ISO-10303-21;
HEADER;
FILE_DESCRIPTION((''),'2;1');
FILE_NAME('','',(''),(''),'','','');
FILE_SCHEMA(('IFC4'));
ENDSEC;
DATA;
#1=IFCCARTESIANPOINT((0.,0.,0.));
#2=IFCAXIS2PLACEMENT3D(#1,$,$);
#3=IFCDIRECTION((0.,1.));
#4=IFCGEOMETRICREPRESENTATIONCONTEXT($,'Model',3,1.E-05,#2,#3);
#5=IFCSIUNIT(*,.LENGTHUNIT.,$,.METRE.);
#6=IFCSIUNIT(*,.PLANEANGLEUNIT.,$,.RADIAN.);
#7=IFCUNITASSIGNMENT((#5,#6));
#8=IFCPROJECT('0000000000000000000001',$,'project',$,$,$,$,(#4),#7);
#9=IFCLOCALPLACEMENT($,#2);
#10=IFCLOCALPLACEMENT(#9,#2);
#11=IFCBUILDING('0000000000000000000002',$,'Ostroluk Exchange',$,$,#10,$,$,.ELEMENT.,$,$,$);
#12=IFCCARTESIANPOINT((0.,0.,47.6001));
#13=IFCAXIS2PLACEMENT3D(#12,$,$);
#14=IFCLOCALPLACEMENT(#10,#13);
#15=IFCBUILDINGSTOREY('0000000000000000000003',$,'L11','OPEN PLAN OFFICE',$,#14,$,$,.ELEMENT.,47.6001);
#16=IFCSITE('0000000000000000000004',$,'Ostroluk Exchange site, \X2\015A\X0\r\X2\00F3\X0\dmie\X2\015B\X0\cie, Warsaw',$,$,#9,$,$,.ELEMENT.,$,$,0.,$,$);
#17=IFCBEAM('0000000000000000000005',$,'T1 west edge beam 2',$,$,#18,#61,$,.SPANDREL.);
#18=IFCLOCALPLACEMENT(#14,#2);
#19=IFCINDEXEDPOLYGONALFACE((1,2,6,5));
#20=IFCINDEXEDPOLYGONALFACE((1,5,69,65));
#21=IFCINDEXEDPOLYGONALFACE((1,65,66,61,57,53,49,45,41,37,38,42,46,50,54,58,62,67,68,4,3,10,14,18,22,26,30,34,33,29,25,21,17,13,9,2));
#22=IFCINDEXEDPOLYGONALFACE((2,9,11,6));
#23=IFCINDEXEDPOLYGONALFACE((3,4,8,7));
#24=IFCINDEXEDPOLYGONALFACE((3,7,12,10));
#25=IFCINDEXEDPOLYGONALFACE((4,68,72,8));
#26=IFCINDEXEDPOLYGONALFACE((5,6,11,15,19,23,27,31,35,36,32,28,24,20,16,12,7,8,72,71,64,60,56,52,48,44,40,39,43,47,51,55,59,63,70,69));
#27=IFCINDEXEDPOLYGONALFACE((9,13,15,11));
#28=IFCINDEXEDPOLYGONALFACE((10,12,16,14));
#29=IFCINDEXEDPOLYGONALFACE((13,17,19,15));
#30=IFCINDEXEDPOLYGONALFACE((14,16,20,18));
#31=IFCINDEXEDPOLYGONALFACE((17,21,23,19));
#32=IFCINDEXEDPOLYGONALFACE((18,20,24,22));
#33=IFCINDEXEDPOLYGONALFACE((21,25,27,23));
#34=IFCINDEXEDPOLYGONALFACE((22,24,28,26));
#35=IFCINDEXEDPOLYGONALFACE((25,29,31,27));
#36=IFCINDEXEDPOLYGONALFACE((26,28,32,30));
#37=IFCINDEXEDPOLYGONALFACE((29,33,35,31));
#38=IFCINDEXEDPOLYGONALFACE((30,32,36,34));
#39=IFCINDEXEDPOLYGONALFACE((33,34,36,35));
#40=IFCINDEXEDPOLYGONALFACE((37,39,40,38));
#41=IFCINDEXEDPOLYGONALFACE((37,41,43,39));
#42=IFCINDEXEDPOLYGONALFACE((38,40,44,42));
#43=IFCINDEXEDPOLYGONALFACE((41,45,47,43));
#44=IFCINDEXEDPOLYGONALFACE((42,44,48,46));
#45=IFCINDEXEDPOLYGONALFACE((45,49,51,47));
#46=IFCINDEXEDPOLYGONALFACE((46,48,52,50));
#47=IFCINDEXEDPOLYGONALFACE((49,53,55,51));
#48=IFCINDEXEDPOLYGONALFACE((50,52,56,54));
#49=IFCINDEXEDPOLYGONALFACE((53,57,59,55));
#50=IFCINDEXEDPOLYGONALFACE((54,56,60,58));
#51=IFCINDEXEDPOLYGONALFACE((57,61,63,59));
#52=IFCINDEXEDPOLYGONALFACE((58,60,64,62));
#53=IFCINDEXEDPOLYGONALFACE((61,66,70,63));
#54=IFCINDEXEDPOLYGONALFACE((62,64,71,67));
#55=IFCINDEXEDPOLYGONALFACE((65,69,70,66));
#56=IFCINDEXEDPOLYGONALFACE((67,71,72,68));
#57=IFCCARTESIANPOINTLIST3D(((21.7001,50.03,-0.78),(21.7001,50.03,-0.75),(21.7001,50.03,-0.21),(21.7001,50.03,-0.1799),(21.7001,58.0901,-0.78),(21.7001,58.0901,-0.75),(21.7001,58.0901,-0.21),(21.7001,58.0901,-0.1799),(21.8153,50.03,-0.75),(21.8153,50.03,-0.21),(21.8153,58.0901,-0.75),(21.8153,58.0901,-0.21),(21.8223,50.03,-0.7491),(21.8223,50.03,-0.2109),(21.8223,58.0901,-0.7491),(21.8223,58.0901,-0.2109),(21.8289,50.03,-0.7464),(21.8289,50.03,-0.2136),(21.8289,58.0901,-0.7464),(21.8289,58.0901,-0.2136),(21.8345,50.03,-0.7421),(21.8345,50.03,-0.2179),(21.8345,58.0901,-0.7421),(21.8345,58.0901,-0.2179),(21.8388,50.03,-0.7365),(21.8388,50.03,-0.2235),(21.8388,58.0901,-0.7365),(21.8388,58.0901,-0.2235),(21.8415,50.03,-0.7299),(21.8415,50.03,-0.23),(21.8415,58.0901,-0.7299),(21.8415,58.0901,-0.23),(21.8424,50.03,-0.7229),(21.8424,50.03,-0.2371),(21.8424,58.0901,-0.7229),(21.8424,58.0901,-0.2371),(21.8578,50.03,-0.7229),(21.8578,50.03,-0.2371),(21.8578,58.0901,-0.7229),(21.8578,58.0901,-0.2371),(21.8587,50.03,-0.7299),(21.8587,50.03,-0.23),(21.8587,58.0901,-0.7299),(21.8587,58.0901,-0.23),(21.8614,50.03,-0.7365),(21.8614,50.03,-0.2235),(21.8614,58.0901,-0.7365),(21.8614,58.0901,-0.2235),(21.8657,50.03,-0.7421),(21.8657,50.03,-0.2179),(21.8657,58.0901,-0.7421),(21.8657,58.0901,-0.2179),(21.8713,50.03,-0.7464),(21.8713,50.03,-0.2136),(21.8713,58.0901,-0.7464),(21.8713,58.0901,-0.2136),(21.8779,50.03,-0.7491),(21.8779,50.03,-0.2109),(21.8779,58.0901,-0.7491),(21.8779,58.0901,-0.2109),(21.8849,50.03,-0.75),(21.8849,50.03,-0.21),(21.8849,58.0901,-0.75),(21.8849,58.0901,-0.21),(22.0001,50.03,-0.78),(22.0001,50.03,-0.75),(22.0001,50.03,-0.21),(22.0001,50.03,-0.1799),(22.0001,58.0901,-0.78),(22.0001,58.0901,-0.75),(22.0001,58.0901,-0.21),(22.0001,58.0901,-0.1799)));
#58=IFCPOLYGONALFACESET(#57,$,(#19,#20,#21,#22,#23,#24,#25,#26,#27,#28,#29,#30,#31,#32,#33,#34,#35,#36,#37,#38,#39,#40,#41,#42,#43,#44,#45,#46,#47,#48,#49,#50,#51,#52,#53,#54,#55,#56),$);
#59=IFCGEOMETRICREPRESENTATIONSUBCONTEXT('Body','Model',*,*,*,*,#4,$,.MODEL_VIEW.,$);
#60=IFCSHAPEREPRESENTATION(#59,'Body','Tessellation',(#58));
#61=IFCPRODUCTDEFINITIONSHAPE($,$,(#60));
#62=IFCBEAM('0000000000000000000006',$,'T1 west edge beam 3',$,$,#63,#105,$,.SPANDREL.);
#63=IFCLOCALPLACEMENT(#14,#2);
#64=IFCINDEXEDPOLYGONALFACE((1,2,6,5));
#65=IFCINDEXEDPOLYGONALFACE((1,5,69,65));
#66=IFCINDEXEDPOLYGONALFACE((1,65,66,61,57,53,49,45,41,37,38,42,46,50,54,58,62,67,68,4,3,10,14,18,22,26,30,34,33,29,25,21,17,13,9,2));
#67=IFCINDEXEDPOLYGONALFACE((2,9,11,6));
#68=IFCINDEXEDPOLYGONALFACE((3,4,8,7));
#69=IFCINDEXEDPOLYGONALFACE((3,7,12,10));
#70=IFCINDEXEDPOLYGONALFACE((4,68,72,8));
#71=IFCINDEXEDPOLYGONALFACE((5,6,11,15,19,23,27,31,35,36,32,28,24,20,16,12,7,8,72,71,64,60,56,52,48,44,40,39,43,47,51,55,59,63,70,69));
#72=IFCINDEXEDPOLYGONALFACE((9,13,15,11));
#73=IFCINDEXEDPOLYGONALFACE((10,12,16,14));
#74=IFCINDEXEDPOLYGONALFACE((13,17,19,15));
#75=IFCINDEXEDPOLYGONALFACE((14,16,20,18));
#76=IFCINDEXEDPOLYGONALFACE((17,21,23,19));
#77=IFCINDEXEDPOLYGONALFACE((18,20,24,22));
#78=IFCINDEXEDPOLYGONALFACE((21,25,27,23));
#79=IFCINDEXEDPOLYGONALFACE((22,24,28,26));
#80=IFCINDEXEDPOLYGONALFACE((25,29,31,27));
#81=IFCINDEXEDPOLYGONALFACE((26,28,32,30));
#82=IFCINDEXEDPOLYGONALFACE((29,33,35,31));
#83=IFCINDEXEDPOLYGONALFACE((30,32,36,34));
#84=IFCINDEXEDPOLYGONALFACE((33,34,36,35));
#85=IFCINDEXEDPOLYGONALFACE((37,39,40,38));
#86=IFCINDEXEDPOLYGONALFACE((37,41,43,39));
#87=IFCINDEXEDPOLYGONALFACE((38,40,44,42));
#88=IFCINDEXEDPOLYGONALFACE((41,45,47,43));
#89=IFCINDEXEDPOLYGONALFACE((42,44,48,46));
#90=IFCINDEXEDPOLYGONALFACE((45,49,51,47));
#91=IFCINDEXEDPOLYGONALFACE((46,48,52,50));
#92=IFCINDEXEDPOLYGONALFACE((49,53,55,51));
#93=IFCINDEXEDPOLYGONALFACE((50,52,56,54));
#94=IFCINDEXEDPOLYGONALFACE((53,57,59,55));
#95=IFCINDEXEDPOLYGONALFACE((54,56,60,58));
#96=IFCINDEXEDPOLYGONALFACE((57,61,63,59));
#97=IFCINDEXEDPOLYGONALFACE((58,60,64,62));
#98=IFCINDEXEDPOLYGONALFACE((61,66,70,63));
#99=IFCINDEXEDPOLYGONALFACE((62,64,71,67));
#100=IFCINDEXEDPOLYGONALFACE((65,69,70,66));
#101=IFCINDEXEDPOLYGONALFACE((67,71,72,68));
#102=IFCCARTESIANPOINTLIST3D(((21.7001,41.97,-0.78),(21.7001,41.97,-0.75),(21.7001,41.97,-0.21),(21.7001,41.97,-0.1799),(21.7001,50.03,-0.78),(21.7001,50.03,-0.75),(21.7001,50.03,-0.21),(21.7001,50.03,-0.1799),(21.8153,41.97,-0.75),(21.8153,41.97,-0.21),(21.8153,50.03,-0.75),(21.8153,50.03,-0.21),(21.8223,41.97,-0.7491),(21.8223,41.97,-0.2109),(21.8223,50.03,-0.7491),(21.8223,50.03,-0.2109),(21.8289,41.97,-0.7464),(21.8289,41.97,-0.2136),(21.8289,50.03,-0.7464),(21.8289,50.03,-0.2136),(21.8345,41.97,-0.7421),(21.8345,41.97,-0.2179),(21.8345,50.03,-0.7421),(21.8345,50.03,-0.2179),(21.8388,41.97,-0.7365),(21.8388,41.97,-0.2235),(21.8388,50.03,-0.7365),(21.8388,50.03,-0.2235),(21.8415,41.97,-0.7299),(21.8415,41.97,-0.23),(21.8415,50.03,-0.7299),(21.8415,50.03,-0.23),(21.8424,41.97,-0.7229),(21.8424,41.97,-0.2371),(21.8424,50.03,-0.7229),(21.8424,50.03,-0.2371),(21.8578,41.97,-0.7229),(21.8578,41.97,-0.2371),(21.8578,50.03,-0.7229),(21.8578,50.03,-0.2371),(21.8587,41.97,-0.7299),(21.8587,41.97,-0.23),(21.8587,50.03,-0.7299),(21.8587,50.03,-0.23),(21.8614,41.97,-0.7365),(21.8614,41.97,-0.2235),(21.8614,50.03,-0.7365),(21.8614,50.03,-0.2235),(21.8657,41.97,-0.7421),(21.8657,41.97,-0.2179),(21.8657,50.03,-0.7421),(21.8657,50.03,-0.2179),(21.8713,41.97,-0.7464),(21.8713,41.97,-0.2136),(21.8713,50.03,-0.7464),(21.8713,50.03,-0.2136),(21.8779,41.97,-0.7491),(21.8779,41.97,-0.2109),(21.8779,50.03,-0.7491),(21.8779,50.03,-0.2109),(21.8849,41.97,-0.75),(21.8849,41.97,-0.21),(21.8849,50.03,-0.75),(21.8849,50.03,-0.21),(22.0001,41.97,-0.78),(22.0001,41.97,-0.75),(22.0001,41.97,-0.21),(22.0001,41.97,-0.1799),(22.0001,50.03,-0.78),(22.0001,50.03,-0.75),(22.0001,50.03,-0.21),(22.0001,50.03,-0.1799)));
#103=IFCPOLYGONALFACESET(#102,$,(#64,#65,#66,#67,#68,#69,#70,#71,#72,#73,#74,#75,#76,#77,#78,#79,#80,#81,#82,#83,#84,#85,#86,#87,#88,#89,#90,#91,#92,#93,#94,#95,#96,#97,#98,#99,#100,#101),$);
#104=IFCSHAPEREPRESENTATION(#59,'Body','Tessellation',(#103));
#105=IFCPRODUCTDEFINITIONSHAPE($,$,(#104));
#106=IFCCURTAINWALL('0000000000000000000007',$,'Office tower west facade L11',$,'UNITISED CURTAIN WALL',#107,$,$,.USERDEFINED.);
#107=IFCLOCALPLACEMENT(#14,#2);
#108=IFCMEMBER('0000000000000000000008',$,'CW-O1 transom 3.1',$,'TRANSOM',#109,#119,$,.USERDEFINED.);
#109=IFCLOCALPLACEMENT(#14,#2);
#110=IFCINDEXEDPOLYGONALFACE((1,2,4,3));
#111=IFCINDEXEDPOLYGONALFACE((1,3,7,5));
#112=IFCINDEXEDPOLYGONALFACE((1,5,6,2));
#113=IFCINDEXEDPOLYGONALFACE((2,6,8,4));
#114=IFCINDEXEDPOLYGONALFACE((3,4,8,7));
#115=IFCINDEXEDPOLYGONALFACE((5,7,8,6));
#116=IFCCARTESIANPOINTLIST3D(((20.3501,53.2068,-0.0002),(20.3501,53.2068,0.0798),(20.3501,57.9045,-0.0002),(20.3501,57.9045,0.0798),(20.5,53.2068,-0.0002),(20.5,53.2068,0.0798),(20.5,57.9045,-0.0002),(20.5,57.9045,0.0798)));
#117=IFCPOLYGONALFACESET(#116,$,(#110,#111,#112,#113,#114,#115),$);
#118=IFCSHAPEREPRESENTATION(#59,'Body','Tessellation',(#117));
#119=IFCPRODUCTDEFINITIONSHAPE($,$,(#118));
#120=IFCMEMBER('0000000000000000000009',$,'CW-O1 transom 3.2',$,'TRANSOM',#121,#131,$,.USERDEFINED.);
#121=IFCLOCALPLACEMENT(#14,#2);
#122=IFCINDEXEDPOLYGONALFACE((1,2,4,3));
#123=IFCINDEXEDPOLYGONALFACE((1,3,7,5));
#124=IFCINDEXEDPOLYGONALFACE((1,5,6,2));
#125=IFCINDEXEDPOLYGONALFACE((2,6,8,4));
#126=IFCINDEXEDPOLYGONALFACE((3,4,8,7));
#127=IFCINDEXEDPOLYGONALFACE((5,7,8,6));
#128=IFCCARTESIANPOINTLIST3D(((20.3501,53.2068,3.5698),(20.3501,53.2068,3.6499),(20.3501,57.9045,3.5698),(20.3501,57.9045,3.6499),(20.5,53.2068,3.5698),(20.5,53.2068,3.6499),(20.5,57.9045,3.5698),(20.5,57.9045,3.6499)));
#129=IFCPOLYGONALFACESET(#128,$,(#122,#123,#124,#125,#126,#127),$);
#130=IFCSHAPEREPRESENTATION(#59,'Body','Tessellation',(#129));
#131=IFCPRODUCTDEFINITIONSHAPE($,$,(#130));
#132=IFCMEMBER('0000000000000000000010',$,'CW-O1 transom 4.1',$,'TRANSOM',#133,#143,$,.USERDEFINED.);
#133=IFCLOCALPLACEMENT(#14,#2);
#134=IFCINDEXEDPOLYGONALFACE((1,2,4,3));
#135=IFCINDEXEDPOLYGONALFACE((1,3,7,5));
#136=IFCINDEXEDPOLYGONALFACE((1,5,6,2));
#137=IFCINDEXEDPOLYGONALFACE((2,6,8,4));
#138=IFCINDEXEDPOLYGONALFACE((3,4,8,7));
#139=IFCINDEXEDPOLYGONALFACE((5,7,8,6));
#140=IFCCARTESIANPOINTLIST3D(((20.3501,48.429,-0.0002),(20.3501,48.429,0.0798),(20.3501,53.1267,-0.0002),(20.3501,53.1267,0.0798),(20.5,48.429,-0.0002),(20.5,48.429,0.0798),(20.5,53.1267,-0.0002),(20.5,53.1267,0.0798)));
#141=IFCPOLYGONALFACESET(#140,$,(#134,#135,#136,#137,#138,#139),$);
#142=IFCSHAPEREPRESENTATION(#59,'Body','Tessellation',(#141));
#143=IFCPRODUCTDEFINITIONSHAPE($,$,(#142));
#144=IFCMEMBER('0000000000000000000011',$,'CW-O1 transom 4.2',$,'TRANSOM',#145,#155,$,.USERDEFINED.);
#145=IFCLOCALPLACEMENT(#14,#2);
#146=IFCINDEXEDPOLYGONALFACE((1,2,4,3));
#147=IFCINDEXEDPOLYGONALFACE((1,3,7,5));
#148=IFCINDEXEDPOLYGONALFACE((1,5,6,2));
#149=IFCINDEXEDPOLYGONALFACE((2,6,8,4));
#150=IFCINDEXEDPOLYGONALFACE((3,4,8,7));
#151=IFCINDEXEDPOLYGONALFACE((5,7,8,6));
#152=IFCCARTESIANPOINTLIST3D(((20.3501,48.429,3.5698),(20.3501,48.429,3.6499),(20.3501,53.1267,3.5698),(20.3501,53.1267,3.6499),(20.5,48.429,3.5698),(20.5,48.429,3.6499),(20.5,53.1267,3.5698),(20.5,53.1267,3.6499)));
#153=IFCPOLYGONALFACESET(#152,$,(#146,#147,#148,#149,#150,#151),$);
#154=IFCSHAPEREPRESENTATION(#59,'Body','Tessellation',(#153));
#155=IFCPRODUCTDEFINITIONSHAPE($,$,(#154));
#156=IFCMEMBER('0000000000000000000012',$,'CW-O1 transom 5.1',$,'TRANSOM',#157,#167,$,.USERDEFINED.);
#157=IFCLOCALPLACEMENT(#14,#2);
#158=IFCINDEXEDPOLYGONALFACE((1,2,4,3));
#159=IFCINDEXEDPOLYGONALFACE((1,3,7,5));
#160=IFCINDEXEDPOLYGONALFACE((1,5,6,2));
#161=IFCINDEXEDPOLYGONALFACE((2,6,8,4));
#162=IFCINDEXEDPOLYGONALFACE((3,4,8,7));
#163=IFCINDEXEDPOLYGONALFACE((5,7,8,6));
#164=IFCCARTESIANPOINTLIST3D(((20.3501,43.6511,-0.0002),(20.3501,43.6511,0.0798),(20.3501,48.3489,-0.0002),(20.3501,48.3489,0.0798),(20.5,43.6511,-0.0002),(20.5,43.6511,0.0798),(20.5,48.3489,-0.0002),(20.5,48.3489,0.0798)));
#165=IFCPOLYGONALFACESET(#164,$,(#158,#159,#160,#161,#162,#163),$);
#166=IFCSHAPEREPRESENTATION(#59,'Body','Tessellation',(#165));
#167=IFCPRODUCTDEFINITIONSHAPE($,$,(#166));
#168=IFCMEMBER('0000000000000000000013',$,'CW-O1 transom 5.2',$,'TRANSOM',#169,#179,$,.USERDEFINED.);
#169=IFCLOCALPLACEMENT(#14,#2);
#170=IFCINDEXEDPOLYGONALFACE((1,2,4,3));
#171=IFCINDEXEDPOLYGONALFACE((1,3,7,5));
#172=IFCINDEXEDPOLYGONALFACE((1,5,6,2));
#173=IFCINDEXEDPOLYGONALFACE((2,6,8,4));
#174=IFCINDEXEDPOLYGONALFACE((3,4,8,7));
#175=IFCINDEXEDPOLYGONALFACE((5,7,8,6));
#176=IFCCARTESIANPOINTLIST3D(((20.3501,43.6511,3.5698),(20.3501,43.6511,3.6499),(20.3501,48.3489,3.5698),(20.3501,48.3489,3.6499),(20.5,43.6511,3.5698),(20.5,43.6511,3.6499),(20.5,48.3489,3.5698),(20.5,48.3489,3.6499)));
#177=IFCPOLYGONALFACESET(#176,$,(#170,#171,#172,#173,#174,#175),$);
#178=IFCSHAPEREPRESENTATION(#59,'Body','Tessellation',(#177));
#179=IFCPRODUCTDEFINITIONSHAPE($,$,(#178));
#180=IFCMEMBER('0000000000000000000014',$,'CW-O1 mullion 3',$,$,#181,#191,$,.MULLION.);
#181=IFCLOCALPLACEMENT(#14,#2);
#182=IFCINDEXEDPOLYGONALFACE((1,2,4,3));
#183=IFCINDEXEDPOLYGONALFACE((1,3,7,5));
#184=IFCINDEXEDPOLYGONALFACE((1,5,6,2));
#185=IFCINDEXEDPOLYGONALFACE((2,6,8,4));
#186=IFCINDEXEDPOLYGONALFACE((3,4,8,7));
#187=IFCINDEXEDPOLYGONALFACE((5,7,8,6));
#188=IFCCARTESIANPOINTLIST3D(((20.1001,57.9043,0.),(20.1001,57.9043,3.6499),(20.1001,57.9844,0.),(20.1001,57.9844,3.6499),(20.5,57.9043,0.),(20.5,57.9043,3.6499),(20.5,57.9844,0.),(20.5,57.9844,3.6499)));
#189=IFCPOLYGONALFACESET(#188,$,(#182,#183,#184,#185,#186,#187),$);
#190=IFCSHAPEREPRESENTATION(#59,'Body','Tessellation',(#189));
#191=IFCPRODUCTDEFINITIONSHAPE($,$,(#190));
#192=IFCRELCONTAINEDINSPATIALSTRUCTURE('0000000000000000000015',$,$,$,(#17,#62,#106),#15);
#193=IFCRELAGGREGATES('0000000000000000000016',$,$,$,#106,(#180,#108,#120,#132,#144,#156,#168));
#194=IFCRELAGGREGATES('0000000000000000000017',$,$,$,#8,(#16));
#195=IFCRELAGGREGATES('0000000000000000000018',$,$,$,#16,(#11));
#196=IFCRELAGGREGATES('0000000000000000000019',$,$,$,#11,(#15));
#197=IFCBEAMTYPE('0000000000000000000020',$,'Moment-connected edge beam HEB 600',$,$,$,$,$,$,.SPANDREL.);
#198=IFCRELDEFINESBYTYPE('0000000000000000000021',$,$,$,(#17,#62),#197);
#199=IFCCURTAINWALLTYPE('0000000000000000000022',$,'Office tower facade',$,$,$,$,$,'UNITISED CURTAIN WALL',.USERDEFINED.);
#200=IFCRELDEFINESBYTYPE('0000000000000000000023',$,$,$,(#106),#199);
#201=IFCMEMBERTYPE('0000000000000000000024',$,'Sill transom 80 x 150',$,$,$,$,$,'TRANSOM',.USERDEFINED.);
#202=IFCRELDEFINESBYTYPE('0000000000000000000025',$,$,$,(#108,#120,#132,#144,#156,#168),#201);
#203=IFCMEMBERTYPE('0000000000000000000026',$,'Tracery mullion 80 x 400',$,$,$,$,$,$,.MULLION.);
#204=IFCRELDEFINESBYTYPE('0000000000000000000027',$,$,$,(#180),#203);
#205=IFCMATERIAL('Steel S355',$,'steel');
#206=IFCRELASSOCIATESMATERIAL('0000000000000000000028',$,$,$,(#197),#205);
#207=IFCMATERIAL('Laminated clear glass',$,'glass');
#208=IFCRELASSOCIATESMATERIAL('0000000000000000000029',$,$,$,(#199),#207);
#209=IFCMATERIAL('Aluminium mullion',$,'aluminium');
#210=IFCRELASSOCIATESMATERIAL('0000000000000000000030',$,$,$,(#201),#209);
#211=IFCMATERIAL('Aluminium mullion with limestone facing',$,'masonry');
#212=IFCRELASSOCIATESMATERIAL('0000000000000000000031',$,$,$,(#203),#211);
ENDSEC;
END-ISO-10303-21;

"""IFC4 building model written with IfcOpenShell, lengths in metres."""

from ifc_helpers import new_model, si_unit, direction, frame, origin, origin_2d, place, context, subcontext, project, spatial, rectangle, i_section, extrude, material, material_profile, profile_set, type_object, element, aggregate, save


model = new_model("IFC4")

# Units and contexts
model_context = context("Model", 3, precision=1e-05, world=origin(), true_north=direction((0.0, 1.0)))
body_context = subcontext(model_context, "Body", "Model", "MODEL_VIEW")
ifc_project = project(units=[si_unit("LENGTHUNIT", "METRE"), si_unit("PLANEANGLEUNIT", "RADIAN")], contexts=[model_context])

# Site, building, storey
site_placement = place(None, origin())
site = spatial("IfcSite", under=ifc_project, at=site_placement, Name="Ostroluk Exchange site, Śródmieście, Warsaw", CompositionType="ELEMENT", RefElevation=0.0)
building_placement = place(site_placement, origin())
building = spatial("IfcBuilding", under=site, at=building_placement, Name="Ostroluk Exchange", CompositionType="ELEMENT")
storey_placement = place(building_placement, frame((0.0, 0.0, 47.6001)))
storey = spatial("IfcBuildingStorey", under=building, at=storey_placement, Name="L11", Description="OPEN PLAN OFFICE", CompositionType="ELEMENT", Elevation=47.6001)

# Beams
ifc_material_1 = material(Name="Steel S355", Category="steel")
ifc_material_profile_1 = material_profile(ifc_material_1, i_section(OverallWidth=0.3, OverallDepth=0.6001, WebThickness=0.0154, FlangeThickness=0.03, FilletRadius=0.0271, at=origin_2d()), Name="HEB 600")
ifc_profile_set_1 = profile_set([ifc_material_profile_1], Name="Steel S355")
beam_type = type_object("IfcBeamType", Name="Moment-connected edge beam HEB 600", PredefinedType="SPANDREL", material=ifc_profile_set_1)
for number, where, z_axis, x_axis, name in (
    (1, (21.8501, 58.0901, -0.48), (0.0, -1.0, 0.0), (1.0, 0.0, 0.0), "T1 west edge beam 2"),
    (2, (21.8501, 50.03, -0.48), (0.0, -1.0, 0.0), (1.0, 0.0, 0.0), "T1 west edge beam 3"),
):
    element("IfcBeam", number, at=place(storey_placement, frame(where, z_axis=z_axis, x_axis=x_axis)), inside=storey, type_object=beam_type, Name=name, PredefinedType="SPANDREL", context=body_context, shape_type="SweptSolid", body=[
        extrude(i_section(OverallWidth=0.3, OverallDepth=0.6001, WebThickness=0.0154, FlangeThickness=0.03, FilletRadius=0.0271, at=origin_2d()), origin(), (0.0, 0.0, 1.0), 8.0601),
    ])

# Curtain wall, members
ifc_material_2 = material(Name="Laminated clear glass", Category="glass")
curtain_wall_type = type_object("IfcCurtainWallType", Name="Office tower facade", ElementType="UNITISED CURTAIN WALL", PredefinedType="USERDEFINED", material=ifc_material_2)
curtain_wall_placement = place(storey_placement, origin())
curtain_wall = element("IfcCurtainWall", 3, at=curtain_wall_placement, inside=storey, type_object=curtain_wall_type, Name="Office tower west facade L11", ObjectType="UNITISED CURTAIN WALL", PredefinedType="USERDEFINED")
ifc_material_3 = material(Name="Aluminium mullion", Category="aluminium")
ifc_material_profile_2 = material_profile(ifc_material_3, rectangle(XDim=0.1499, YDim=0.0801, at=origin_2d()), Name="Sill transom 80 x 150")
ifc_profile_set_2 = profile_set([ifc_material_profile_2], Name="Aluminium mullion")
member_type_1 = type_object("IfcMemberType", Name="Sill transom 80 x 150", ElementType="TRANSOM", PredefinedType="USERDEFINED", material=ifc_profile_set_2)
member_1_placement = place(storey_placement, frame((20.425, 57.9045, 0.0398), z_axis=(0.0, -1.0, 0.0), x_axis=(1.0, 0.0, 0.0)))
member_1 = element("IfcMember", 4, at=member_1_placement, type_object=member_type_1, Name="CW-O1 transom 3.1", ObjectType="TRANSOM", PredefinedType="USERDEFINED", context=body_context, shape_type="SweptSolid", body=[
    extrude(rectangle(XDim=0.1499, YDim=0.0801, at=origin_2d()), origin(), (0.0, 0.0, 1.0), 4.6978),
])
member_2_placement = place(storey_placement, frame((20.425, 57.9045, 3.6099), z_axis=(0.0, -1.0, 0.0), x_axis=(1.0, 0.0, 0.0)))
member_2 = element("IfcMember", 5, at=member_2_placement, type_object=member_type_1, Name="CW-O1 transom 3.2", ObjectType="TRANSOM", PredefinedType="USERDEFINED", context=body_context, shape_type="SweptSolid", body=[
    extrude(rectangle(XDim=0.1499, YDim=0.0801, at=origin_2d()), origin(), (0.0, 0.0, 1.0), 4.6978),
])
member_3_placement = place(storey_placement, frame((20.425, 53.1267, 0.0398), z_axis=(0.0, -1.0, 0.0), x_axis=(1.0, 0.0, 0.0)))
member_3 = element("IfcMember", 6, at=member_3_placement, type_object=member_type_1, Name="CW-O1 transom 4.1", ObjectType="TRANSOM", PredefinedType="USERDEFINED", context=body_context, shape_type="SweptSolid", body=[
    extrude(rectangle(XDim=0.1499, YDim=0.0801, at=origin_2d()), origin(), (0.0, 0.0, 1.0), 4.6978),
])
member_4_placement = place(storey_placement, frame((20.425, 53.1267, 3.6099), z_axis=(0.0, -1.0, 0.0), x_axis=(1.0, 0.0, 0.0)))
member_4 = element("IfcMember", 7, at=member_4_placement, type_object=member_type_1, Name="CW-O1 transom 4.2", ObjectType="TRANSOM", PredefinedType="USERDEFINED", context=body_context, shape_type="SweptSolid", body=[
    extrude(rectangle(XDim=0.1499, YDim=0.0801, at=origin_2d()), origin(), (0.0, 0.0, 1.0), 4.6978),
])
member_5_placement = place(storey_placement, frame((20.425, 48.3489, 0.0398), z_axis=(0.0, -1.0, 0.0), x_axis=(1.0, 0.0, 0.0)))
member_5 = element("IfcMember", 8, at=member_5_placement, type_object=member_type_1, Name="CW-O1 transom 5.1", ObjectType="TRANSOM", PredefinedType="USERDEFINED", context=body_context, shape_type="SweptSolid", body=[
    extrude(rectangle(XDim=0.1499, YDim=0.0801, at=origin_2d()), origin(), (0.0, 0.0, 1.0), 4.6978),
])
member_6_placement = place(storey_placement, frame((20.425, 48.3489, 3.6099), z_axis=(0.0, -1.0, 0.0), x_axis=(1.0, 0.0, 0.0)))
member_6 = element("IfcMember", 9, at=member_6_placement, type_object=member_type_1, Name="CW-O1 transom 5.2", ObjectType="TRANSOM", PredefinedType="USERDEFINED", context=body_context, shape_type="SweptSolid", body=[
    extrude(rectangle(XDim=0.1499, YDim=0.0801, at=origin_2d()), origin(), (0.0, 0.0, 1.0), 4.6978),
])
ifc_material_4 = material(Name="Aluminium mullion with limestone facing", Category="masonry")
ifc_material_profile_3 = material_profile(ifc_material_4, rectangle(XDim=0.3999, YDim=0.0801, at=origin_2d()), Name="Tracery mullion 80 x 400")
ifc_profile_set_3 = profile_set([ifc_material_profile_3], Name="Aluminium mullion with limestone facing")
member_type_2 = type_object("IfcMemberType", Name="Tracery mullion 80 x 400", PredefinedType="MULLION", material=ifc_profile_set_3)
member_7_placement = place(storey_placement, frame((20.3, 57.9443, 0.0), z_axis=(0.0, 0.0, 1.0), x_axis=(1.0, 0.0, 0.0)))
member_7 = element("IfcMember", 10, at=member_7_placement, type_object=member_type_2, Name="CW-O1 mullion 3", PredefinedType="MULLION", context=body_context, shape_type="SweptSolid", body=[
    extrude(rectangle(XDim=0.3999, YDim=0.0801, at=origin_2d()), origin(), (0.0, 0.0, 1.0), 3.6499),
])
aggregate(curtain_wall, [member_7, member_1, member_2, member_3, member_4, member_5, member_6])

save(model, "model.ifc")
